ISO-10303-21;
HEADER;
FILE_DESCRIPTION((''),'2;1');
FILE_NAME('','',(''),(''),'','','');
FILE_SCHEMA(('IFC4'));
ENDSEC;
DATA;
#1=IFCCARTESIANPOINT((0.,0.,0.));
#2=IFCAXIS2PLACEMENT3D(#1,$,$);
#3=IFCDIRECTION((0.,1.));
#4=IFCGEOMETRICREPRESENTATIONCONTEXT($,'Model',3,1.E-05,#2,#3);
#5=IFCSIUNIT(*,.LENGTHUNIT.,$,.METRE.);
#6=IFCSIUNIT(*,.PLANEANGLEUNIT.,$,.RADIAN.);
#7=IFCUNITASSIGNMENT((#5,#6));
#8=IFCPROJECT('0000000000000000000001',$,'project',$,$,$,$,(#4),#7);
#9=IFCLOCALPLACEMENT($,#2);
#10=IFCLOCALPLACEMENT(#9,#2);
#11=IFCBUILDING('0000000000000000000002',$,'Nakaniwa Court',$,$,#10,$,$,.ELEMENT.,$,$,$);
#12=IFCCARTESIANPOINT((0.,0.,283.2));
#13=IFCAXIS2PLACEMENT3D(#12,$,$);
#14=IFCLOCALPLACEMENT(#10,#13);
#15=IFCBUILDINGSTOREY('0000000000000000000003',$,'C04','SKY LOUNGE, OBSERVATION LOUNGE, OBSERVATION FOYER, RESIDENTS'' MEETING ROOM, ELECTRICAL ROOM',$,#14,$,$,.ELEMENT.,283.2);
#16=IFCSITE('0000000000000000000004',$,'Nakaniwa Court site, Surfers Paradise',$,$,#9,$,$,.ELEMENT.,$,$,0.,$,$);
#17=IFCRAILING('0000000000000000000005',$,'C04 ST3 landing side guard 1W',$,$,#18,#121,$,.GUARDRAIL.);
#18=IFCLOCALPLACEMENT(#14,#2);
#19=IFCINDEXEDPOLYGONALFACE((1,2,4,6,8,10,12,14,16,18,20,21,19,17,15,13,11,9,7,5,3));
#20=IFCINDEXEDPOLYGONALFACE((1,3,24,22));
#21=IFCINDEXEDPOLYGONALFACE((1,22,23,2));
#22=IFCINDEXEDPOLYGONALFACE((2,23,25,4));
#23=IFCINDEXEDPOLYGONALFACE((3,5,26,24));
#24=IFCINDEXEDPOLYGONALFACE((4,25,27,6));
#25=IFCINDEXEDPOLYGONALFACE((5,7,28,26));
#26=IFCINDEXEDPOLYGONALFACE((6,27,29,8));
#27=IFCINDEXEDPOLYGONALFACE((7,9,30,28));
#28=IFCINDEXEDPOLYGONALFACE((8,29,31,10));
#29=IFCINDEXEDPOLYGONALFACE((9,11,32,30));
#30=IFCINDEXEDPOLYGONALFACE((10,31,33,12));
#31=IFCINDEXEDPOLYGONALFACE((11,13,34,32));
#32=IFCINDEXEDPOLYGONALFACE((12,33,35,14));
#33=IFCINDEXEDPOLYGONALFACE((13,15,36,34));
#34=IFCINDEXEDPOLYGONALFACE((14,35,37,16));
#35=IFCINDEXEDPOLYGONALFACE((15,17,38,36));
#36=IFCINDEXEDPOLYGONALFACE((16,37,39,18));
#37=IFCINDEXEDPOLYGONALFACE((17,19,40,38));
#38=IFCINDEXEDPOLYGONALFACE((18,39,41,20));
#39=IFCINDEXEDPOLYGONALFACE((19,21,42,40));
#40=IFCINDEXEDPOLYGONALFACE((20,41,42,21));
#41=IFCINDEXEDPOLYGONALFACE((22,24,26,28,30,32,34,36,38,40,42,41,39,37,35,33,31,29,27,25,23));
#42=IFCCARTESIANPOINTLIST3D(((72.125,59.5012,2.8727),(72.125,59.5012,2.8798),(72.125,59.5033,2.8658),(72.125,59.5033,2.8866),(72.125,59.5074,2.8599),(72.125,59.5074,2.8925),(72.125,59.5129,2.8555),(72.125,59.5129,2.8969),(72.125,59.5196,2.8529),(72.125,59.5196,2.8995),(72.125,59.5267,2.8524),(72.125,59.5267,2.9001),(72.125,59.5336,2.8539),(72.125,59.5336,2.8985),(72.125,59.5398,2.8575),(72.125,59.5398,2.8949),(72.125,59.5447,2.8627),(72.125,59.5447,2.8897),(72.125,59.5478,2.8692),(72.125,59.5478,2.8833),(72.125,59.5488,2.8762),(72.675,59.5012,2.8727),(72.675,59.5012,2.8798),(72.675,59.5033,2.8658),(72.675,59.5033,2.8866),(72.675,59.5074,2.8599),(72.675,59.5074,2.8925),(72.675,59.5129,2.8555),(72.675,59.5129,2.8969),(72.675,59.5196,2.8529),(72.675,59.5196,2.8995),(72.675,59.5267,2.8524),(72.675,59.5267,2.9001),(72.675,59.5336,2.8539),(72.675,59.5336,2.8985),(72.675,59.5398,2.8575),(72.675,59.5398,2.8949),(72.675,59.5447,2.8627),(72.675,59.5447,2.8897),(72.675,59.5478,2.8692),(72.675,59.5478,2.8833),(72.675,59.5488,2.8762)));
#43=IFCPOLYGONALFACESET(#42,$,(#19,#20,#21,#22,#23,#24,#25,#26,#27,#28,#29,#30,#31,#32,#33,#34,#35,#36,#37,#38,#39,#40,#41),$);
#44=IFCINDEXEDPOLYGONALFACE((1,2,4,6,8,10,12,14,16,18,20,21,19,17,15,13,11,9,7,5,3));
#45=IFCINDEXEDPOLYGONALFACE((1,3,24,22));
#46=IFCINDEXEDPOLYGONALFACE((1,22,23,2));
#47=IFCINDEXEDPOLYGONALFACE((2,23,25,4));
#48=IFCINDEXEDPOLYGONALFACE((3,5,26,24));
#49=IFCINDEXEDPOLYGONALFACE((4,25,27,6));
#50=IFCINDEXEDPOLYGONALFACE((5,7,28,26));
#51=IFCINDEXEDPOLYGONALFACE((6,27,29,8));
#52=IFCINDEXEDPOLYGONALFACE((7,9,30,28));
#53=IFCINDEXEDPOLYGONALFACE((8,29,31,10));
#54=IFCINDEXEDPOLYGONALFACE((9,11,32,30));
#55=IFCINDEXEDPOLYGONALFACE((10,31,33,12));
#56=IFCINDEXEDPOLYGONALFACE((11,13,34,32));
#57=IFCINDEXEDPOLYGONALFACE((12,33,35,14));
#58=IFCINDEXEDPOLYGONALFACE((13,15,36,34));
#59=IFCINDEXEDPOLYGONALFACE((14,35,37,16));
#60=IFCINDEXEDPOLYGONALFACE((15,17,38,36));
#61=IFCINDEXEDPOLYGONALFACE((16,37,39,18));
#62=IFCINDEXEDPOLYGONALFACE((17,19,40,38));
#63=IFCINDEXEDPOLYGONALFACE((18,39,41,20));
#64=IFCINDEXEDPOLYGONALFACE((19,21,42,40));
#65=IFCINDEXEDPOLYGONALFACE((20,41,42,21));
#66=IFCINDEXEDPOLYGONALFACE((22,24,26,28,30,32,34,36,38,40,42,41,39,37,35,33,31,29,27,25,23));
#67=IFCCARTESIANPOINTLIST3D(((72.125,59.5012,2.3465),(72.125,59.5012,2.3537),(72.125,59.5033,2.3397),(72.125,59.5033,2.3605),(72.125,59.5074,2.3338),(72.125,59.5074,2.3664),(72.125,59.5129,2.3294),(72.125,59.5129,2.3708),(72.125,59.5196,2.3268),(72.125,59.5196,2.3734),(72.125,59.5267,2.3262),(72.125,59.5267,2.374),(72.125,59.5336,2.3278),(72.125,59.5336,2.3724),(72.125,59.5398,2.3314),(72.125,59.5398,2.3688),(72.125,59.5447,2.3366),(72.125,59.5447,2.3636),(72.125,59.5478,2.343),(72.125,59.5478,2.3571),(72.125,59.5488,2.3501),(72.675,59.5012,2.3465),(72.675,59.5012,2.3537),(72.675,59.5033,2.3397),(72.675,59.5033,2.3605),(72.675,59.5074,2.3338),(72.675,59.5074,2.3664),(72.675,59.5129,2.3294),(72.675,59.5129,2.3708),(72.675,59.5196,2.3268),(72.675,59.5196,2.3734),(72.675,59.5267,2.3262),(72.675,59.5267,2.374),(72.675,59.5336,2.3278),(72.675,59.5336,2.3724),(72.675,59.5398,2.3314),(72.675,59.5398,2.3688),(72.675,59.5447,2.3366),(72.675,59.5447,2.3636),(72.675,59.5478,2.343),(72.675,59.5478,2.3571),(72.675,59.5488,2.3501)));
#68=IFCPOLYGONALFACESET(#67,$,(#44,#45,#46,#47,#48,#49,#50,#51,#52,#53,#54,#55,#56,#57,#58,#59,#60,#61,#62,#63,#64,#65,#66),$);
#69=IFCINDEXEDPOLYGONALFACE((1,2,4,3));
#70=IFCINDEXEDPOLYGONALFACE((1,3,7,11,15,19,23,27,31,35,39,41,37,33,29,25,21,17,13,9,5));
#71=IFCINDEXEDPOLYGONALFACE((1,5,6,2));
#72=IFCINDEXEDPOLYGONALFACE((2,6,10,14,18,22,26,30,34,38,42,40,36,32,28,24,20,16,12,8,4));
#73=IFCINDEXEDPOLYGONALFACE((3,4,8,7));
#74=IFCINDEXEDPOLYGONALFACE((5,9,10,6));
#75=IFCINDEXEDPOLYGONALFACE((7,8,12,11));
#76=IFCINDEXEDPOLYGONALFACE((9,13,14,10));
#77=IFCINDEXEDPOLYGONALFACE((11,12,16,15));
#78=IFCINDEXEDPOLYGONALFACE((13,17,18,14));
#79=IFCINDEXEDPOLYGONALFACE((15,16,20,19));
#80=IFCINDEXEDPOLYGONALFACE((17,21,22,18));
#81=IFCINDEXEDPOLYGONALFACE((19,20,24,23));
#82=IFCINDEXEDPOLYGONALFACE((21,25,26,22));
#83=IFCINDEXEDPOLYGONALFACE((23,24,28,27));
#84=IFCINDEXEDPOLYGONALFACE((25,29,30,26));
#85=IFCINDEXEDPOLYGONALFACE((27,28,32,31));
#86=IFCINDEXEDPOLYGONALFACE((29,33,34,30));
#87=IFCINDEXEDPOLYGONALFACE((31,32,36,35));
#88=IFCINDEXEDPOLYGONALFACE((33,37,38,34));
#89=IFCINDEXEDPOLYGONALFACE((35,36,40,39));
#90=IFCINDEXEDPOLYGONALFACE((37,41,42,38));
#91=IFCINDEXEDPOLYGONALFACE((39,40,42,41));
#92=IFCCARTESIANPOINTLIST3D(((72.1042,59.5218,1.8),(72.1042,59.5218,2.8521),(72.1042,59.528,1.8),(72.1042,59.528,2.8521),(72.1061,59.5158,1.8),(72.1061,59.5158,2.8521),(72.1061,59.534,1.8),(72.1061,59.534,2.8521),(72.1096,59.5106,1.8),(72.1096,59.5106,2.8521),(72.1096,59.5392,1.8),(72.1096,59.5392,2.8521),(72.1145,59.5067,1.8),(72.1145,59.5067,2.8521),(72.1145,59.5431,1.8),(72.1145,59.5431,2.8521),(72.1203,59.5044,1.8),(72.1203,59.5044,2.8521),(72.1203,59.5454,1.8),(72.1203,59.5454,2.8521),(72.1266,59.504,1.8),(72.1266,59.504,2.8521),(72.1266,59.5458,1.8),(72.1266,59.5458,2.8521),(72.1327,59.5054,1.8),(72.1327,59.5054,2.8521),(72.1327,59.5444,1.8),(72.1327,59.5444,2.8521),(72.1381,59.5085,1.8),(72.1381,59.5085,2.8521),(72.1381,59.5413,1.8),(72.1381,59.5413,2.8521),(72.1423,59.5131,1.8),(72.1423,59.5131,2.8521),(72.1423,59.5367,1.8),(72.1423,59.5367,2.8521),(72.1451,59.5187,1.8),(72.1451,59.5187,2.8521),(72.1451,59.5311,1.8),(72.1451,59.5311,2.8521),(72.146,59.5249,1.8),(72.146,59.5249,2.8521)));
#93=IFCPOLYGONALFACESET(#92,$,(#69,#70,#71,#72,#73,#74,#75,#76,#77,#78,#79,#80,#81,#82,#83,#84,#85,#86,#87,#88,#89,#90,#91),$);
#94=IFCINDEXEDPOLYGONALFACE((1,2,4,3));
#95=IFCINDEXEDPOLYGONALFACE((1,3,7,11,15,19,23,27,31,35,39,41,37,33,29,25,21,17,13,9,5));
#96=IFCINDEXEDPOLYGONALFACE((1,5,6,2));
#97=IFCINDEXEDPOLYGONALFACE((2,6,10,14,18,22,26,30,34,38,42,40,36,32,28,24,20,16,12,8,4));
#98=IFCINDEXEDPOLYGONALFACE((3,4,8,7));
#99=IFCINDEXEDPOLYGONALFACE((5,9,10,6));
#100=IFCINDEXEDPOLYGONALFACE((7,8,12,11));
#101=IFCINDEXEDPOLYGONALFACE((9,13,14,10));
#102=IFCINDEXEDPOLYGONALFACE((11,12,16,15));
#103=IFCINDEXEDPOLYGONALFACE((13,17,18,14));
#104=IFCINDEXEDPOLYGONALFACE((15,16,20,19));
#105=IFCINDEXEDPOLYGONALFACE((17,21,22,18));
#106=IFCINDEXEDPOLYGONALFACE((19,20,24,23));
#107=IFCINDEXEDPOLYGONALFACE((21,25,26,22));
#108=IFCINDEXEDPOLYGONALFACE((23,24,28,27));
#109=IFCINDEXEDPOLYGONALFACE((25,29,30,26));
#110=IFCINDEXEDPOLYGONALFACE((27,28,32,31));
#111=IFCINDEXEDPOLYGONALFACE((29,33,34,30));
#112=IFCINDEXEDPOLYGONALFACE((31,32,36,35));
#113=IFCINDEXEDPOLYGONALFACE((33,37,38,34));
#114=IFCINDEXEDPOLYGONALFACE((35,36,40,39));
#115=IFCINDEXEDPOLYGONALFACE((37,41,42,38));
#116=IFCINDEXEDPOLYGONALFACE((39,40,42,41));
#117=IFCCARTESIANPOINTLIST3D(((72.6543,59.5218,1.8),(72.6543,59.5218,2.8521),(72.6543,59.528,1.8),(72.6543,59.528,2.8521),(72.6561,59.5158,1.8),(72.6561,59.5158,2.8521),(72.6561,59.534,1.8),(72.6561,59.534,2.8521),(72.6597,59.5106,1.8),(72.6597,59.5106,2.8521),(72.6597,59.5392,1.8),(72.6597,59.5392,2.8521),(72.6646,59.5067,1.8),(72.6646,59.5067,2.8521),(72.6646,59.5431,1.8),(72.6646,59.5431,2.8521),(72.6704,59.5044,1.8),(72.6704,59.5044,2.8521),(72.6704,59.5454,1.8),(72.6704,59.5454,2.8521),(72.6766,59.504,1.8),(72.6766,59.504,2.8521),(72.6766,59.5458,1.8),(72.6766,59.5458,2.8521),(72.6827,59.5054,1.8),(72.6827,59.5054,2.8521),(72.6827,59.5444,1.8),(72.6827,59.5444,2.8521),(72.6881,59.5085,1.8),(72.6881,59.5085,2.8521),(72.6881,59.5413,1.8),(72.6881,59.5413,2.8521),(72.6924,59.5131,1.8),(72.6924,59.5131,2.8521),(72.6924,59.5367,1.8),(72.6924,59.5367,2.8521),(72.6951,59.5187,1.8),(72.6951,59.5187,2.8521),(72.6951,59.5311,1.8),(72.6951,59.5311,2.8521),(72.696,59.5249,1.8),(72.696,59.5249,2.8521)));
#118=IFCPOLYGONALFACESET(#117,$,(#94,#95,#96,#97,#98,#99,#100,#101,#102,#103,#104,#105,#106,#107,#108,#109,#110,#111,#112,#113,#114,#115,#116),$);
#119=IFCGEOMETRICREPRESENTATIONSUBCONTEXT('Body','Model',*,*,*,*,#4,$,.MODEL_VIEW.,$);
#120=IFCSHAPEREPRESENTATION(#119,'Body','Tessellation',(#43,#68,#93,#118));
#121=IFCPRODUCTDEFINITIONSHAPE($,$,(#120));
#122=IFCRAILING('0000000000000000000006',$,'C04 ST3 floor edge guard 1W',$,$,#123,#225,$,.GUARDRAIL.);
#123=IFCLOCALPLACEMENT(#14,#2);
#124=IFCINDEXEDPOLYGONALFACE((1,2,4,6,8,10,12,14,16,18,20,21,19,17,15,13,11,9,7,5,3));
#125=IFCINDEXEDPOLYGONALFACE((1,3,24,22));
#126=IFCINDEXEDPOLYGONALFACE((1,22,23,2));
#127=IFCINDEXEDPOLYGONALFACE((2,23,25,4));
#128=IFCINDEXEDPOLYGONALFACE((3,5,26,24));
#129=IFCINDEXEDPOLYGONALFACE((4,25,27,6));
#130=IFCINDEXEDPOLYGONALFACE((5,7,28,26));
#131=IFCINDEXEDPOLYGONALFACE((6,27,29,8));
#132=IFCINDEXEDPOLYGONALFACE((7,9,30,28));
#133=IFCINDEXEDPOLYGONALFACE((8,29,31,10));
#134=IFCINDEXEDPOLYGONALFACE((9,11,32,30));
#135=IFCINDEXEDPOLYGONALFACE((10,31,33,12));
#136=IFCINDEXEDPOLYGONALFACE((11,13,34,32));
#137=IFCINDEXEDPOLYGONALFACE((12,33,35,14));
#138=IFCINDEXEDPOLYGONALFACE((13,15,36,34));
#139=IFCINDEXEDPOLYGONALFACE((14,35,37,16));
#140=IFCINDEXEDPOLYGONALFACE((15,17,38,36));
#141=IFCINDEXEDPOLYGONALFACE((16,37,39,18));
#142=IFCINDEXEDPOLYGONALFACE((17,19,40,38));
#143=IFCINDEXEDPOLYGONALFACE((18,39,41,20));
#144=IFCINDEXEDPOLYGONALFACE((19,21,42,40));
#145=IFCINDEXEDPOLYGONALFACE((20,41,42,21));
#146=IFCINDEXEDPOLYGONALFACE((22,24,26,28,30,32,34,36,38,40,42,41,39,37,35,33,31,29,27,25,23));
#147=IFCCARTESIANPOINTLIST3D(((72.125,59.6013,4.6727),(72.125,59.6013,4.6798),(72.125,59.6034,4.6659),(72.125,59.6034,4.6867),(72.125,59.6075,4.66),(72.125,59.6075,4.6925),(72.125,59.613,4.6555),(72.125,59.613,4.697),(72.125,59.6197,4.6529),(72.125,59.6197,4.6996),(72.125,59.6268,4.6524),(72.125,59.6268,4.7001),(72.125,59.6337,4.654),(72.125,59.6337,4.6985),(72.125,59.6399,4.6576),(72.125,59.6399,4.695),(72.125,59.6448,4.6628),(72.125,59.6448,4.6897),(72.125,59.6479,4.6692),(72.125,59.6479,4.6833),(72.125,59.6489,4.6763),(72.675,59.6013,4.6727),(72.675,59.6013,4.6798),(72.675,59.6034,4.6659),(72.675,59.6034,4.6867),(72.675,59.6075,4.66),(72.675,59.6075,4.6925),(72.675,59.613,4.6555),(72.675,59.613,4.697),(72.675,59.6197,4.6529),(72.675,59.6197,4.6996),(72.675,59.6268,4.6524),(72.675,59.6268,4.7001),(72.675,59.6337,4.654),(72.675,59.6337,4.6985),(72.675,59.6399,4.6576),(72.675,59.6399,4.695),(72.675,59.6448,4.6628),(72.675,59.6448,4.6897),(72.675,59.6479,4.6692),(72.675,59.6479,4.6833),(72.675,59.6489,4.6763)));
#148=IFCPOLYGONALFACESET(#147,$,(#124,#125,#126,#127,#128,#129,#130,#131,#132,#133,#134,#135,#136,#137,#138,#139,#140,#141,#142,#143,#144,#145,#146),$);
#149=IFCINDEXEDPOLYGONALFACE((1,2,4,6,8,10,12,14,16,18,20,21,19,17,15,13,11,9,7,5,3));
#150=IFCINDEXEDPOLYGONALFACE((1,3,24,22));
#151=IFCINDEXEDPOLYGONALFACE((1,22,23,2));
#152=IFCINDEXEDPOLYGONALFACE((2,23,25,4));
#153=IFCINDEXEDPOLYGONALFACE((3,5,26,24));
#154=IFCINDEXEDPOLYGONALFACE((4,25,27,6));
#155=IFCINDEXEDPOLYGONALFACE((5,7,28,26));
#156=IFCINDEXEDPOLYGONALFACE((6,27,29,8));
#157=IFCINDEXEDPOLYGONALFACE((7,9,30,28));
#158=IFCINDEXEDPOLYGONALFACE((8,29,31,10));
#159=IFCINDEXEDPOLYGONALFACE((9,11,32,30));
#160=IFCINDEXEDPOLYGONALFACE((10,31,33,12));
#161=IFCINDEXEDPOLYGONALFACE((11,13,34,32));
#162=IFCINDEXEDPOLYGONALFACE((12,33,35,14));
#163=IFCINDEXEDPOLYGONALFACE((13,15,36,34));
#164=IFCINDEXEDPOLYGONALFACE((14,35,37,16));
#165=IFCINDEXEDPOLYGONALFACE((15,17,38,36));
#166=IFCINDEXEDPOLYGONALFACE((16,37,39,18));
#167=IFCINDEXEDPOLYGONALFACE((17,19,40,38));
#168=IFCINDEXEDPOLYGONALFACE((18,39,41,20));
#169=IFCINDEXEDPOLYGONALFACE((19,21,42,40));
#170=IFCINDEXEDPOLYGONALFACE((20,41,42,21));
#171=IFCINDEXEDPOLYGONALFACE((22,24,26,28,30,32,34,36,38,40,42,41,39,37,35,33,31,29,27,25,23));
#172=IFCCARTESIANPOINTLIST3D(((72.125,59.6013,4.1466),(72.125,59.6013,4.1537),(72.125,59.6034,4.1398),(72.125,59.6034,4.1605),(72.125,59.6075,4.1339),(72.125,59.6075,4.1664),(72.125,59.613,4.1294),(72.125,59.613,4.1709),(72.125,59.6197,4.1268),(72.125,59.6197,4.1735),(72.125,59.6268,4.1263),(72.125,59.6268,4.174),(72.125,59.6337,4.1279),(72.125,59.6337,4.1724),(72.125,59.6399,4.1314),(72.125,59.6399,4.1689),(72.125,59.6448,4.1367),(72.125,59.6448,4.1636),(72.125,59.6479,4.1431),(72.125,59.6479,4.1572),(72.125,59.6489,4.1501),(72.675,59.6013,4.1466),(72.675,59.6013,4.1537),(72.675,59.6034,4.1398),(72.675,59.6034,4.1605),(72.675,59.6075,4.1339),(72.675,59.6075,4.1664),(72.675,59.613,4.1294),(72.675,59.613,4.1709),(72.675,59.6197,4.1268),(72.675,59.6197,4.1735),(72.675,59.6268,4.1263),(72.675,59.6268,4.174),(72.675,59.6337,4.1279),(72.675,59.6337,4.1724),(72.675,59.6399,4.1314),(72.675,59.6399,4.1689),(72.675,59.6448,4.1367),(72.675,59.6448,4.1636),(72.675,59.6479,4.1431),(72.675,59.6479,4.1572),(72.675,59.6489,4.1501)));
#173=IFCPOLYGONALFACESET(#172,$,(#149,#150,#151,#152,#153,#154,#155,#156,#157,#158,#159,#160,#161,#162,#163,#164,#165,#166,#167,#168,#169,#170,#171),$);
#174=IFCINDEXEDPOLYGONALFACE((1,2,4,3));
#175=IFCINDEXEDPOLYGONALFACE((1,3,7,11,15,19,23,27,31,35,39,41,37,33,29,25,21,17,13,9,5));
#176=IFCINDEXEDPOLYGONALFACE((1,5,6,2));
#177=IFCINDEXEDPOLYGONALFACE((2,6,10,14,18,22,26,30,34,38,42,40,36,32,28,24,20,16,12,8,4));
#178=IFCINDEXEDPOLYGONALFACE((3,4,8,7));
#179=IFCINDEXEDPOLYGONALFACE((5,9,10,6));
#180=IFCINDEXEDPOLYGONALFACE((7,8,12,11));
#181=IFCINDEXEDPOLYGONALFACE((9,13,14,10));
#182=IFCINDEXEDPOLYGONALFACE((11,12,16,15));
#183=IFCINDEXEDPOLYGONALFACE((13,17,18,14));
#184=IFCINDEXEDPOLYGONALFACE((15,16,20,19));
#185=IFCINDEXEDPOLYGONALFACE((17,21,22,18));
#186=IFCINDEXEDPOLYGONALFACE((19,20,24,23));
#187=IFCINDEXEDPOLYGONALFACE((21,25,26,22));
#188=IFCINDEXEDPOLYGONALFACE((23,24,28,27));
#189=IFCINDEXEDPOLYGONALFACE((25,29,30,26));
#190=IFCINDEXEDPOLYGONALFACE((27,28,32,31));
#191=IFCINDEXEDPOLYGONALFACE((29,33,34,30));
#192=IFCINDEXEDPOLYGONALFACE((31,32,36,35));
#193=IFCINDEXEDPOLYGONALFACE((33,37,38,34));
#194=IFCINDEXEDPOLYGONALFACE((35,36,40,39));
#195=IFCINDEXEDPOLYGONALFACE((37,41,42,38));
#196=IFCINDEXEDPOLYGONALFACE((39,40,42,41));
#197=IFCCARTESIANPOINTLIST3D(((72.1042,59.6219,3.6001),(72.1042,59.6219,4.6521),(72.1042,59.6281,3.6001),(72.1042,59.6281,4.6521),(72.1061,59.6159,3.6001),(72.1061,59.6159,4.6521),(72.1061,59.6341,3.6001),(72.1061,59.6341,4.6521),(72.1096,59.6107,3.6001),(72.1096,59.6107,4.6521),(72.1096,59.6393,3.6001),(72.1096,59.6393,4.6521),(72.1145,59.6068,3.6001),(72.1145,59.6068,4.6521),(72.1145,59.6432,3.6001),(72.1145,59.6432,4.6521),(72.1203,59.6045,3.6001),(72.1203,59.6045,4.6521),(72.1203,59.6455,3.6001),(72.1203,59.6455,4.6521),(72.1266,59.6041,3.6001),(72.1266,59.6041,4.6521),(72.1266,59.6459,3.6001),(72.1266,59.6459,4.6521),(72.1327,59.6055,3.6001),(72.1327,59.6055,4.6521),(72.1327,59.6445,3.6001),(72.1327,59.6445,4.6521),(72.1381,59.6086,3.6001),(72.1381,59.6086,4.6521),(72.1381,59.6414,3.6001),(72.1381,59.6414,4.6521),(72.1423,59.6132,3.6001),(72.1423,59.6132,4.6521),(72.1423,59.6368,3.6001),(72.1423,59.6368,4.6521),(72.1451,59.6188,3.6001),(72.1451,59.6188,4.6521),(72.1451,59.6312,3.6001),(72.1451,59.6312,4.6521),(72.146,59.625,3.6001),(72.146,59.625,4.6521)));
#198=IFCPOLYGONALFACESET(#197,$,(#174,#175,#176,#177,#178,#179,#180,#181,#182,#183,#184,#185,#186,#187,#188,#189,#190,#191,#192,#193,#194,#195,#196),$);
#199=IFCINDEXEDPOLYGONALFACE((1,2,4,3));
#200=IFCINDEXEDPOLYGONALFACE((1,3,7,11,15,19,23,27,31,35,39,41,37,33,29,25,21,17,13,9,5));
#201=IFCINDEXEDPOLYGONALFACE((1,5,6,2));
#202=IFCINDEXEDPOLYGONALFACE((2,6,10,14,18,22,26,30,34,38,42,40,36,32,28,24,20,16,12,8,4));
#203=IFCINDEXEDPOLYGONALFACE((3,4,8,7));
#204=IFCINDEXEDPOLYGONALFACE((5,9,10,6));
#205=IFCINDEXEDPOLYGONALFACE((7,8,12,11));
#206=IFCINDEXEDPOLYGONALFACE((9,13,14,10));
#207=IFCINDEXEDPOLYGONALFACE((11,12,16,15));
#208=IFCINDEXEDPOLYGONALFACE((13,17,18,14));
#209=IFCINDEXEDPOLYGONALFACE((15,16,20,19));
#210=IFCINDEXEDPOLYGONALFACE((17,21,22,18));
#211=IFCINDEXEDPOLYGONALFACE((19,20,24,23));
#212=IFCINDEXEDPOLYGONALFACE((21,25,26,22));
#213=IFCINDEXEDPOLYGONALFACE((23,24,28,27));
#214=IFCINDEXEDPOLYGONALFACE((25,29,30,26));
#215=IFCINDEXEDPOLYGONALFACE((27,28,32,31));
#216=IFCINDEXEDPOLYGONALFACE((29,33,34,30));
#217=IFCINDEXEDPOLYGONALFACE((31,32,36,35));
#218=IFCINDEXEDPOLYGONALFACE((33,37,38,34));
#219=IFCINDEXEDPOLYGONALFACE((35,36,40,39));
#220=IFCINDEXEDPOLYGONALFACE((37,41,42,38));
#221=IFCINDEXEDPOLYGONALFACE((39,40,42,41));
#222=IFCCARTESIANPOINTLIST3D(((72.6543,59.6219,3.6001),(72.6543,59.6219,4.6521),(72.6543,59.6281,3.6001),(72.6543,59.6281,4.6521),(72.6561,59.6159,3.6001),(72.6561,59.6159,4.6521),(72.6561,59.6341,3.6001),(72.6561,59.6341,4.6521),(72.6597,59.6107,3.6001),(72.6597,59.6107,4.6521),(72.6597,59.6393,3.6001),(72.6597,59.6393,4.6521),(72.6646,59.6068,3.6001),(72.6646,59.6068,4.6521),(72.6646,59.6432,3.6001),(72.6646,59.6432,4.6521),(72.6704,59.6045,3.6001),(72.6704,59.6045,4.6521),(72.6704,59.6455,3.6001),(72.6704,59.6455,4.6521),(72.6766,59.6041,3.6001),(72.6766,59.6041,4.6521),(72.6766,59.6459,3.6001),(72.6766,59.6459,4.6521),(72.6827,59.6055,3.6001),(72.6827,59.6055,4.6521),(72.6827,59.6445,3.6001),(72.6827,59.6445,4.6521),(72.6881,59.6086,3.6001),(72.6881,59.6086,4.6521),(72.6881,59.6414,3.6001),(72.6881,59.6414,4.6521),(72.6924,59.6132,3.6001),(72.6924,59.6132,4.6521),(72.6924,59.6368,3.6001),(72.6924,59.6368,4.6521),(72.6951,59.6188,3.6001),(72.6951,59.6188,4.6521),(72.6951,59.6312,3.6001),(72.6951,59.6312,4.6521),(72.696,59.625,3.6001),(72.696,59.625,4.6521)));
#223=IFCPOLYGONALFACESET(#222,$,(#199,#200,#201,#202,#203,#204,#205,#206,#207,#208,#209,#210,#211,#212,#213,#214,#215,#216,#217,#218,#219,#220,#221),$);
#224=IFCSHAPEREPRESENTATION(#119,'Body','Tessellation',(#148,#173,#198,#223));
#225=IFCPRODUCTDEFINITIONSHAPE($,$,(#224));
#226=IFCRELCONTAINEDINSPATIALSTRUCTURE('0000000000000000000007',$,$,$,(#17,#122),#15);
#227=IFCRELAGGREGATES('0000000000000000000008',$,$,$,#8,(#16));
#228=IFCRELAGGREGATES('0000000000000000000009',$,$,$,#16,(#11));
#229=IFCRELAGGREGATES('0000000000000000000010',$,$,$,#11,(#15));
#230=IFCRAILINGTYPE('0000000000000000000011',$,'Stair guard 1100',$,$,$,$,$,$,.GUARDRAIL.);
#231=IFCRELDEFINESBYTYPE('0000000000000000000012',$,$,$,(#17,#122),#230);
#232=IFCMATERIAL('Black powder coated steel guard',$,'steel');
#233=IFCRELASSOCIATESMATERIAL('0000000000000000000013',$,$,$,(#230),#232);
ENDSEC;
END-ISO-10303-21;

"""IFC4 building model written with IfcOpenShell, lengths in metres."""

from ifc_helpers import new_model, si_unit, direction, frame, origin, origin_2d, place, context, subcontext, project, spatial, circle, extrude, material, type_object, element, save


model = new_model("IFC4")

# Units and contexts
model_context = context("Model", 3, precision=1e-05, world=origin(), true_north=direction((0.0, 1.0)))
body_context = subcontext(model_context, "Body", "Model", "MODEL_VIEW")
ifc_project = project(units=[si_unit("LENGTHUNIT", "METRE"), si_unit("PLANEANGLEUNIT", "RADIAN")], contexts=[model_context])

# Site, building, storey
site_placement = place(None, origin())
site = spatial("IfcSite", under=ifc_project, at=site_placement, Name="Nakaniwa Court site, Surfers Paradise", CompositionType="ELEMENT", RefElevation=0.0)
building_placement = place(site_placement, origin())
building = spatial("IfcBuilding", under=site, at=building_placement, Name="Nakaniwa Court", CompositionType="ELEMENT")
storey_placement = place(building_placement, frame((0.0, 0.0, 283.2)))
storey = spatial("IfcBuildingStorey", under=building, at=storey_placement, Name="C04", Description="SKY LOUNGE, OBSERVATION LOUNGE, OBSERVATION FOYER, RESIDENTS' MEETING ROOM, ELECTRICAL ROOM", CompositionType="ELEMENT", Elevation=283.2)

# Railings
ifc_material_1 = material(Name="Black powder coated steel guard", Category="steel")
railing_type_1 = type_object("IfcRailingType", Name="Stair guard 1100", PredefinedType="GUARDRAIL", material=ifc_material_1)
for number, where, name in (
    (1, (72.125, 59.5249, 1.8), "C04 ST3 landing side guard 1W"),
    (2, (72.125, 59.625, 3.6001), "C04 ST3 floor edge guard 1W"),
):
    element("IfcRailing", number, at=place(storey_placement, frame(where)), inside=storey, type_object=railing_type_1, Name=name, PredefinedType="GUARDRAIL", context=body_context, shape_type="SweptSolid", body=[
        extrude(circle(Radius=0.0239, at=origin_2d()), frame((0.0, 0.0, 1.0762), z_axis=(1.0, 0.0, 0.0), x_axis=(0.0, 1.0, 0.0)), (0.0, 0.0, 1.0), 0.55),
        extrude(circle(Radius=0.0239, at=origin_2d()), frame((0.0, 0.0, 0.55), z_axis=(1.0, 0.0, 0.0), x_axis=(0.0, 1.0, 0.0)), (0.0, 0.0, 1.0), 0.55),
        extrude(circle(Radius=0.021, at=origin_2d()), origin(), (0.0, 0.0, 1.0), 1.052),
        extrude(circle(Radius=0.021, at=origin_2d()), frame((0.55, 0.0, 0.0)), (0.0, 0.0, 1.0), 1.052),
    ])

save(model, "model.ifc")
